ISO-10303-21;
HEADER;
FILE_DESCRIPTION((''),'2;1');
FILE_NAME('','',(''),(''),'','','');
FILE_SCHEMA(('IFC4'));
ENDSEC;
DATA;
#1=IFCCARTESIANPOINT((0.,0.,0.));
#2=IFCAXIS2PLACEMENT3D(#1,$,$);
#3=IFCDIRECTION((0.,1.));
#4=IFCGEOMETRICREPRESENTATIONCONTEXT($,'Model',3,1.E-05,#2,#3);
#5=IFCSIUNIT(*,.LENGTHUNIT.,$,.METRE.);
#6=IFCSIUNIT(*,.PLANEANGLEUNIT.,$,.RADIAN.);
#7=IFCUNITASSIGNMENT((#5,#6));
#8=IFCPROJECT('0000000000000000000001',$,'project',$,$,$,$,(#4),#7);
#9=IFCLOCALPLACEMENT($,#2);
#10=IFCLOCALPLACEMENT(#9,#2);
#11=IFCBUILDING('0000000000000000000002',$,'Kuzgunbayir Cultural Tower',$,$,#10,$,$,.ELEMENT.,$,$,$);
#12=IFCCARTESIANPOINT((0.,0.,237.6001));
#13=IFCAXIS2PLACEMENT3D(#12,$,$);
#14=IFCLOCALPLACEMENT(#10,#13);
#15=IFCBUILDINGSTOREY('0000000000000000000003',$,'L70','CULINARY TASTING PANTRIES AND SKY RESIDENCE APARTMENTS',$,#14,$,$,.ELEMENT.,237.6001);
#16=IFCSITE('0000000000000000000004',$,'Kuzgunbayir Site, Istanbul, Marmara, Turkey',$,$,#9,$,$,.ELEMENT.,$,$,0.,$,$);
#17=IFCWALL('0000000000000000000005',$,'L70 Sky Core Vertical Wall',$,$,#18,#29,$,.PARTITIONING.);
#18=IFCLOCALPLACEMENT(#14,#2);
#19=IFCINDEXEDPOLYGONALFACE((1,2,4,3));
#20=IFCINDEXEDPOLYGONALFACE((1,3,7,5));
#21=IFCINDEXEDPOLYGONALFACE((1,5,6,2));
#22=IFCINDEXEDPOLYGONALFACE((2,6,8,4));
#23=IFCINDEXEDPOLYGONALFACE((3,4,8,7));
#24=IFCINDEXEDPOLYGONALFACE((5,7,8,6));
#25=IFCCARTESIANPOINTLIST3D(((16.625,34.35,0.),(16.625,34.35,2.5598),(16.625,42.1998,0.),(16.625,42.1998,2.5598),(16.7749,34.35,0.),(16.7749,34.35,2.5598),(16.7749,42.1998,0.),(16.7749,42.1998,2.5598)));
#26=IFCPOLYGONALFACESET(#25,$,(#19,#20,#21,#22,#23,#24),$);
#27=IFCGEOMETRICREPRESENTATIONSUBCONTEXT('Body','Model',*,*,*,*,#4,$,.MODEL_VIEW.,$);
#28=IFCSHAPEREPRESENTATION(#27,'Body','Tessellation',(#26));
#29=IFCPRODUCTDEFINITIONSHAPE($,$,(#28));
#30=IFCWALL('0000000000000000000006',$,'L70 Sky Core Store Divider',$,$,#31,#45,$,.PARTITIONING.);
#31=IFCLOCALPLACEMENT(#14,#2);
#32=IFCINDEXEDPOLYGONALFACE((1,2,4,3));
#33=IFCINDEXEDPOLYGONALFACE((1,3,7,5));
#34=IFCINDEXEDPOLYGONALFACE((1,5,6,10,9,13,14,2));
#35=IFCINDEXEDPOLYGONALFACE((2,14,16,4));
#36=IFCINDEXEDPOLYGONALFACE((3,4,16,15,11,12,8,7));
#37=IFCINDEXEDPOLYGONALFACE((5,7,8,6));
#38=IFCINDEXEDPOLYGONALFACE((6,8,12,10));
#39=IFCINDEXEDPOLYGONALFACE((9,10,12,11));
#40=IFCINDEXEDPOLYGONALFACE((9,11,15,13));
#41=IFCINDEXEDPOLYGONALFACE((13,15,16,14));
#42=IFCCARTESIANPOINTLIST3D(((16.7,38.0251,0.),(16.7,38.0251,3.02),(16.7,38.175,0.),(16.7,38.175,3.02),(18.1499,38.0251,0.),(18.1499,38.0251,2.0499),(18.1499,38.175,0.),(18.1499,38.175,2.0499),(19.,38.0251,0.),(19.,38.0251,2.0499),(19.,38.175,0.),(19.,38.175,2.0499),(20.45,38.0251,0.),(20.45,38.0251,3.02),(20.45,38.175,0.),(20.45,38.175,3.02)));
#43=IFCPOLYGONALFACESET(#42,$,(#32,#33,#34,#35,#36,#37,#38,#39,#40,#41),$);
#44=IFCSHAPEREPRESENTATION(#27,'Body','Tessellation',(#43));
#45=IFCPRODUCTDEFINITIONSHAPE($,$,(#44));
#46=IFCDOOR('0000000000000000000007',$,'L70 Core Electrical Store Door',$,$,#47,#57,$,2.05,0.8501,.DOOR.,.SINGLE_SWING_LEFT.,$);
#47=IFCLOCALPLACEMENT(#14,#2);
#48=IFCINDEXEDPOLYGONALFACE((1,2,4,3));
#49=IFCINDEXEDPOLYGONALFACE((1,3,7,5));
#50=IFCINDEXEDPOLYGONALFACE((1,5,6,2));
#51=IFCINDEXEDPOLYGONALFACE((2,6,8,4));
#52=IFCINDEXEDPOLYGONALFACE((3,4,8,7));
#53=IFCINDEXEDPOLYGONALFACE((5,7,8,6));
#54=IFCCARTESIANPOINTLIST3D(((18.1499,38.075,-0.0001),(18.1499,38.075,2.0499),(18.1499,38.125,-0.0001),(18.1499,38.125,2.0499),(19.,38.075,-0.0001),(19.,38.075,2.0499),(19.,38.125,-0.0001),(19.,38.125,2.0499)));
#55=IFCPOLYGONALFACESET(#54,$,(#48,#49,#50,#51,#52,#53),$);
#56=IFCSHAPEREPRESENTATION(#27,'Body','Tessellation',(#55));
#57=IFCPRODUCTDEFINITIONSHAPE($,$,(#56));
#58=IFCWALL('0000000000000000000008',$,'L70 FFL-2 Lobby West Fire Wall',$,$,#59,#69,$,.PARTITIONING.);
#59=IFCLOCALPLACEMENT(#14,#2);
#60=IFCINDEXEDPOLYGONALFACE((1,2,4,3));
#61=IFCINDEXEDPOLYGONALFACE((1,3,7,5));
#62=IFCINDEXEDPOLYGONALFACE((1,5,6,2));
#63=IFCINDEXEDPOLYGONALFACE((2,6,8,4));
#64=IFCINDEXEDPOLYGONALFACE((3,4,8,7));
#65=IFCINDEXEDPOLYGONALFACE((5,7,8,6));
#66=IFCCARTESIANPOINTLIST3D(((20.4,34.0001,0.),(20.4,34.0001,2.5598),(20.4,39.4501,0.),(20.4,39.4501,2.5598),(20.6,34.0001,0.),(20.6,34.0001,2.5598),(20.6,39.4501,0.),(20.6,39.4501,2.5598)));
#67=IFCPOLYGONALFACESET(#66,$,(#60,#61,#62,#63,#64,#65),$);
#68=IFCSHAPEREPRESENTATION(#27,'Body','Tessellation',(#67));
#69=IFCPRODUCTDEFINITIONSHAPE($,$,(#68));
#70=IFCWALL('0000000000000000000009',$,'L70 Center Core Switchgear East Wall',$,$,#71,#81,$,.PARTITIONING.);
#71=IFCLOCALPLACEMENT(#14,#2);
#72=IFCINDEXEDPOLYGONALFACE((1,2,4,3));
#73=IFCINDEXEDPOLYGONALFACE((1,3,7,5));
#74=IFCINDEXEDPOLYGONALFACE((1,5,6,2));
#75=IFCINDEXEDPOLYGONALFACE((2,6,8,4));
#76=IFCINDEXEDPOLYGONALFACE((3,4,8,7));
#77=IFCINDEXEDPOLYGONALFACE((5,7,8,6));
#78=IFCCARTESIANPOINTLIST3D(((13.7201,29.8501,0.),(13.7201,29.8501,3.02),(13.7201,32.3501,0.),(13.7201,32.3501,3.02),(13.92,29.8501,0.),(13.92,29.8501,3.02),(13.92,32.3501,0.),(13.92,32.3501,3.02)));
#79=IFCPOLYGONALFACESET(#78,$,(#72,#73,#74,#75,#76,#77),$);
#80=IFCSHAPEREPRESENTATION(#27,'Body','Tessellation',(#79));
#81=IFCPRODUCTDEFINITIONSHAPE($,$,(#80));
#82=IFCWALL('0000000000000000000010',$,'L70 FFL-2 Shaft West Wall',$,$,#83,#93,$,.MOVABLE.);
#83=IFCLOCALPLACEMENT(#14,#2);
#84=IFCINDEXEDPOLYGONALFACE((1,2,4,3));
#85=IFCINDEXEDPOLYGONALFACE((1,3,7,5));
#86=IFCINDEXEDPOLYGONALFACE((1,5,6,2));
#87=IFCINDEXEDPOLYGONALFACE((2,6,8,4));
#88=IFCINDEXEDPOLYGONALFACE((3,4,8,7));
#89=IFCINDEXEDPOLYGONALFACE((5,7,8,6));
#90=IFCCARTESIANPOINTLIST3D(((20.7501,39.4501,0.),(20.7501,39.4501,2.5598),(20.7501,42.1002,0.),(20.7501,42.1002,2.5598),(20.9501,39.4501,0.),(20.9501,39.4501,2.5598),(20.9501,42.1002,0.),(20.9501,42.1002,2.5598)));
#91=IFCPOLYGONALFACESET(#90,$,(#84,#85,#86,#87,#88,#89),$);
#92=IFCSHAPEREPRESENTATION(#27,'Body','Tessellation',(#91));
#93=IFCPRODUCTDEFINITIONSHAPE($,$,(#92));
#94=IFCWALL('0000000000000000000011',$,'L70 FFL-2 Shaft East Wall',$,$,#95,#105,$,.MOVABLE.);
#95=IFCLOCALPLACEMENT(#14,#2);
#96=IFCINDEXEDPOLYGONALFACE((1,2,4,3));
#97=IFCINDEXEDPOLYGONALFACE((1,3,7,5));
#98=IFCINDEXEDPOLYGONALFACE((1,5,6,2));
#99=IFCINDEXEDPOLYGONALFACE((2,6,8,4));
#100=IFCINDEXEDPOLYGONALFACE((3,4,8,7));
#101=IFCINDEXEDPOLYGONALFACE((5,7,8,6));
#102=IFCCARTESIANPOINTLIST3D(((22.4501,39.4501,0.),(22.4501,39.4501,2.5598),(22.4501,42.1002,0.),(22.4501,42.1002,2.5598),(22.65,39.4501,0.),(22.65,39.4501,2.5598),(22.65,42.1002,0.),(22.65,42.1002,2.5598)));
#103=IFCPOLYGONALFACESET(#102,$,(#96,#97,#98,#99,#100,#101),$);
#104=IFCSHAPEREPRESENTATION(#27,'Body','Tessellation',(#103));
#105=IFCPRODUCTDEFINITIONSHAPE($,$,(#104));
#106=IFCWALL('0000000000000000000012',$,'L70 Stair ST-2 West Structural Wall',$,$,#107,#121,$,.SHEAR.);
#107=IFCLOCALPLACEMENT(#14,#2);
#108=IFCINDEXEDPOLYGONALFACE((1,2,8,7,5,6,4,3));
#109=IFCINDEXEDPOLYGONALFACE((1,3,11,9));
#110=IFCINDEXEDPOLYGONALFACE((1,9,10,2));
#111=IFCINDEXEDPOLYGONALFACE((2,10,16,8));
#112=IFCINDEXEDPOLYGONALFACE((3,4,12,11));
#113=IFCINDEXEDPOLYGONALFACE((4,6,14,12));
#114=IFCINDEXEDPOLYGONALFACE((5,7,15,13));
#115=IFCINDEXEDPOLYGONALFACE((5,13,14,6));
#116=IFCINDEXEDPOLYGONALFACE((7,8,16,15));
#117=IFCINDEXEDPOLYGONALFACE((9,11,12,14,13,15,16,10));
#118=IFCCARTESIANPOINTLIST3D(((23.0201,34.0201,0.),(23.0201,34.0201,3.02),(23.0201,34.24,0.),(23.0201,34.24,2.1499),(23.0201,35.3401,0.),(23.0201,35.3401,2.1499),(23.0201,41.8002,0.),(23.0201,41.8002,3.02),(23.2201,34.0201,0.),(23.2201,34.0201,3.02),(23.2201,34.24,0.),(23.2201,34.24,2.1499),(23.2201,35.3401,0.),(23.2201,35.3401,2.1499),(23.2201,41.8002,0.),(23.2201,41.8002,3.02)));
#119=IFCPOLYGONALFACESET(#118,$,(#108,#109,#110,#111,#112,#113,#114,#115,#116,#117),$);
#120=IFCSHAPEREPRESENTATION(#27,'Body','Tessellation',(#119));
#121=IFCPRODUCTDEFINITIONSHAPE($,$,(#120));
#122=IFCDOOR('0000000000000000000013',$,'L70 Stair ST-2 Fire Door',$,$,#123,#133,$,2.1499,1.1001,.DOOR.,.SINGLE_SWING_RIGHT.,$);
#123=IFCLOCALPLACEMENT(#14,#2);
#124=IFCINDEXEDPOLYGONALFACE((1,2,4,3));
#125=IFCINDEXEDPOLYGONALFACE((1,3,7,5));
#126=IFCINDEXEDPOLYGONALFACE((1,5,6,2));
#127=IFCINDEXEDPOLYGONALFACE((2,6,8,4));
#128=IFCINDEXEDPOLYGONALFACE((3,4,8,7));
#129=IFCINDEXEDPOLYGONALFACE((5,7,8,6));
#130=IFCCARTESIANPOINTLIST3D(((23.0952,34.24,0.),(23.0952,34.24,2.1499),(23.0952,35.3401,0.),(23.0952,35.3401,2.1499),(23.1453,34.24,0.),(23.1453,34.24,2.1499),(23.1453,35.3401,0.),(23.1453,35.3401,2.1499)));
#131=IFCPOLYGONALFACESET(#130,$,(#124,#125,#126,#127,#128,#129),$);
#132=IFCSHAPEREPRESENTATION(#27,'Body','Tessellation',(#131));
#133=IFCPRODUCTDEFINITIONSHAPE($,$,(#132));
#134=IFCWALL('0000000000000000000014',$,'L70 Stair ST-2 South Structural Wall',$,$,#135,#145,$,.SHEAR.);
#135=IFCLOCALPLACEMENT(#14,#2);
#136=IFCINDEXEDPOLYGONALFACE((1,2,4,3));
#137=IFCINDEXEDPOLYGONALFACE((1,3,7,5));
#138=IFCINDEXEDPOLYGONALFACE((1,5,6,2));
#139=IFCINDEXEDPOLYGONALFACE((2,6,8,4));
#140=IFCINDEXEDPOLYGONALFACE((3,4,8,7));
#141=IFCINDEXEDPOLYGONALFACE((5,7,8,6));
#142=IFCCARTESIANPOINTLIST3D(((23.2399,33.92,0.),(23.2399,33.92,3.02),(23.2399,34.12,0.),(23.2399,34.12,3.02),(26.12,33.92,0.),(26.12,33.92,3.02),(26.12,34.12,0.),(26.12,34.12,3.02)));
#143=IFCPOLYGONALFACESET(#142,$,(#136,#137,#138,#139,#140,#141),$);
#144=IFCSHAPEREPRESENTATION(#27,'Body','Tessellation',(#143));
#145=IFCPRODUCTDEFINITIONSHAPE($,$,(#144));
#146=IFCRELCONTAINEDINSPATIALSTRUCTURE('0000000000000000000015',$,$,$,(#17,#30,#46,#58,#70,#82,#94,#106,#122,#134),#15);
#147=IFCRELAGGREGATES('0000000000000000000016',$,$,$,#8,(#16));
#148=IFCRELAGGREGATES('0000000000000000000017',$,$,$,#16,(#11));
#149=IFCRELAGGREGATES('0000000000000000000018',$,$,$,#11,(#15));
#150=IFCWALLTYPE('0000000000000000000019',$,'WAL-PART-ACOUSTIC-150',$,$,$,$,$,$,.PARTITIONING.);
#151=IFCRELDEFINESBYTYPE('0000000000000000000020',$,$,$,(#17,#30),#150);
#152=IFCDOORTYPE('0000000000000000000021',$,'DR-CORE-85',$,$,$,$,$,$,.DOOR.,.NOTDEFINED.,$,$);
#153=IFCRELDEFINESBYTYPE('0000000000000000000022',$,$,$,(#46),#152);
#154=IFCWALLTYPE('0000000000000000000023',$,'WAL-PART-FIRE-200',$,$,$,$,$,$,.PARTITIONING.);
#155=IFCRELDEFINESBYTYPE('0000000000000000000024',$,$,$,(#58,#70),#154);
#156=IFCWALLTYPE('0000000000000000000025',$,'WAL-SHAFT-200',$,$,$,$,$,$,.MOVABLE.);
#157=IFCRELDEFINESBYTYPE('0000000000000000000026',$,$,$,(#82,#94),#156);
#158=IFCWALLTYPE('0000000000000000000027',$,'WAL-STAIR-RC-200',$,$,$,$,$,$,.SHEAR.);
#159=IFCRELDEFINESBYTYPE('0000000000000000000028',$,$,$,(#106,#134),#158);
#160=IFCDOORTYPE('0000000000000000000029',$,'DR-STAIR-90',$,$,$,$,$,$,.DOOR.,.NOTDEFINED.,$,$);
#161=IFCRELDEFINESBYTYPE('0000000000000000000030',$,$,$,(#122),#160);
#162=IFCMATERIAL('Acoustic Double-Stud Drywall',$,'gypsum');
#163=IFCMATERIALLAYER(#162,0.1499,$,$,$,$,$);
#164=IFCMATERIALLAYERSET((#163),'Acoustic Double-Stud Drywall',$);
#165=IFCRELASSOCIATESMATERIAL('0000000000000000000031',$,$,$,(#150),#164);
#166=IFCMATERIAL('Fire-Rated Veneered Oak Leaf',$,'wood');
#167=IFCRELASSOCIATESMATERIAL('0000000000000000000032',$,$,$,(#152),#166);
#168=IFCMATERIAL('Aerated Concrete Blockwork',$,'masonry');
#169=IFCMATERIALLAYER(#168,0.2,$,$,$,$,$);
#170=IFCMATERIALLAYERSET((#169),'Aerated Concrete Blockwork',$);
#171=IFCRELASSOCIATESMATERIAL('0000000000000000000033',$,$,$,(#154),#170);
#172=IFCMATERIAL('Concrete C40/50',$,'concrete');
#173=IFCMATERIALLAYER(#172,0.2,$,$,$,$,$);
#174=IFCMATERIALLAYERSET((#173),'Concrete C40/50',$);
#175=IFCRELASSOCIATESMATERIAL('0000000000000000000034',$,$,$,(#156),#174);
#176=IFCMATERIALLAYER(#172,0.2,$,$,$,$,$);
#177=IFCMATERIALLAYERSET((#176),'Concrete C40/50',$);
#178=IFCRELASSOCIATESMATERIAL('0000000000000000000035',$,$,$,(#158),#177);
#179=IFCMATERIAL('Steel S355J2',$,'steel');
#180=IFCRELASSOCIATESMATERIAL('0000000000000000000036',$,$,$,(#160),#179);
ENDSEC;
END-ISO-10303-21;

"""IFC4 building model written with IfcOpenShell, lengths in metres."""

from ifc_helpers import new_model, si_unit, direction, frame, frame_2d, origin, place, context, subcontext, project, spatial, rectangle, extrude, material, layer, layer_set, type_object, element, fill, save


model = new_model("IFC4")

# Units and contexts
model_context = context("Model", 3, precision=1e-05, world=origin(), true_north=direction((0.0, 1.0)))
body_context = subcontext(model_context, "Body", "Model", "MODEL_VIEW")
ifc_project = project(units=[si_unit("LENGTHUNIT", "METRE"), si_unit("PLANEANGLEUNIT", "RADIAN")], contexts=[model_context])

# Site, building, storey
site_placement = place(None, origin())
site = spatial("IfcSite", under=ifc_project, at=site_placement, Name="Kuzgunbayir Site, Istanbul, Marmara, Turkey", CompositionType="ELEMENT", RefElevation=0.0)
building_placement = place(site_placement, origin())
building = spatial("IfcBuilding", under=site, at=building_placement, Name="Kuzgunbayir Cultural Tower", CompositionType="ELEMENT")
storey_placement = place(building_placement, frame((0.0, 0.0, 237.6001)))
storey = spatial("IfcBuildingStorey", under=building, at=storey_placement, Name="L70", Description="CULINARY TASTING PANTRIES AND SKY RESIDENCE APARTMENTS", CompositionType="ELEMENT", Elevation=237.6001)

# Shared definitions
ifc_material_1 = material(Name="Steel S355J2", Category="steel")

# Wall
ifc_material_2 = material(Name="Acoustic Double-Stud Drywall", Category="gypsum")
ifc_layer_1 = layer(ifc_material_2, 0.1499)
ifc_layer_set_1 = layer_set([ifc_layer_1], Name="Acoustic Double-Stud Drywall")
wall_type_1 = type_object("IfcWallType", Name="WAL-PART-ACOUSTIC-150", PredefinedType="PARTITIONING", material=ifc_layer_set_1)
wall_1_placement = place(storey_placement, frame((16.7, 34.3501, 0.0), z_axis=(0.0, 0.0, 1.0), x_axis=(0.0, 1.0, 0.0)))
element("IfcWall", 1, at=wall_1_placement, inside=storey, type_object=wall_type_1, Name="L70 Sky Core Vertical Wall", PredefinedType="PARTITIONING", context=body_context, shape_type="SweptSolid", body=[
    extrude(rectangle(XDim=7.8499, YDim=0.1499, at=frame_2d((3.9248, 0.0))), origin(), (0.0, 0.0, 1.0), 2.5598),
])

# Wall, opening, door
wall_2_placement = place(storey_placement, frame((16.7, 38.1001, 0.0), z_axis=(0.0, 0.0, 1.0), x_axis=(1.0, 0.0, 0.0)))
wall_2 = element("IfcWall", 2, at=wall_2_placement, inside=storey, type_object=wall_type_1, Name="L70 Sky Core Store Divider", PredefinedType="PARTITIONING", context=body_context, shape_type="SweptSolid", body=[
    extrude(rectangle(XDim=3.75, YDim=0.1499, at=frame_2d((1.875, 0.0))), origin(), (0.0, 0.0, 1.0), 3.02),
])
opening_1_placement = place(wall_2_placement, frame((1.45, 0.0, 0.0)))
opening_1 = element("IfcOpeningElement", 3, at=opening_1_placement, cuts=wall_2, PredefinedType="OPENING", context=body_context, shape_type="SweptSolid", body=[
    extrude(rectangle(XDim=0.8501, YDim=2.05, at=frame_2d((0.425, 1.0249))), frame((0.0, 0.085, 0.0), z_axis=(0.0, -1.0, 0.0), x_axis=(1.0, 0.0, 0.0)), (0.0, 0.0, 1.0), 0.1699),
])
ifc_material_3 = material(Name="Fire-Rated Veneered Oak Leaf", Category="wood")
door_type_1 = type_object("IfcDoorType", Name="DR-CORE-85", OperationType="NOTDEFINED", PredefinedType="DOOR", material=ifc_material_3)
door_1_placement = place(opening_1_placement, origin())
door_1 = element("IfcDoor", 4, at=door_1_placement, inside=storey, type_object=door_type_1, Name="L70 Core Electrical Store Door", OperationType="SINGLE_SWING_LEFT", OverallHeight=2.05, OverallWidth=0.8501, PredefinedType="DOOR", context=body_context, shape_type="SweptSolid", body=[
    extrude(rectangle(XDim=0.8501, YDim=2.05, at=frame_2d((0.425, 1.0249))), frame((0.0, 0.0249, 0.0), z_axis=(0.0, -1.0, 0.0), x_axis=(1.0, 0.0, 0.0)), (0.0, 0.0, 1.0), 0.05),
])
fill(opening_1, door_1)

# Wall
ifc_material_4 = material(Name="Aerated Concrete Blockwork", Category="masonry")
ifc_layer_2 = layer(ifc_material_4, 0.2)
ifc_layer_set_2 = layer_set([ifc_layer_2], Name="Aerated Concrete Blockwork")
wall_type_2 = type_object("IfcWallType", Name="WAL-PART-FIRE-200", PredefinedType="PARTITIONING", material=ifc_layer_set_2)
wall_3_placement = place(storey_placement, frame((20.5, 34.0, 0.0), z_axis=(0.0, 0.0, 1.0), x_axis=(0.0, 1.0, 0.0)))
element("IfcWall", 5, at=wall_3_placement, inside=storey, type_object=wall_type_2, Name="L70 FFL-2 Lobby West Fire Wall", PredefinedType="PARTITIONING", context=body_context, shape_type="SweptSolid", body=[
    extrude(rectangle(XDim=5.45, YDim=0.2, at=frame_2d((2.7251, 0.0))), origin(), (0.0, 0.0, 1.0), 2.5598),
])

# Wall
wall_4_placement = place(storey_placement, frame((13.8201, 29.8501, 0.0), z_axis=(0.0, 0.0, 1.0), x_axis=(0.0, 1.0, 0.0)))
element("IfcWall", 6, at=wall_4_placement, inside=storey, type_object=wall_type_2, Name="L70 Center Core Switchgear East Wall", PredefinedType="PARTITIONING", context=body_context, shape_type="SweptSolid", body=[
    extrude(rectangle(XDim=2.5, YDim=0.2, at=frame_2d((1.25, 0.0))), origin(), (0.0, 0.0, 1.0), 3.02),
])

# Shared definitions
ifc_material_5 = material(Name="Concrete C40/50", Category="concrete")
ifc_layer_3 = layer(ifc_material_5, 0.2)
ifc_layer_set_3 = layer_set([ifc_layer_3], Name="Concrete C40/50")
wall_type_3 = type_object("IfcWallType", Name="WAL-SHAFT-200", PredefinedType="MOVABLE", material=ifc_layer_set_3)

# Walls
for number, where, z_axis, x_axis, name in (
    (7, (20.8501, 39.45, 0.0), (0.0, 0.0, 1.0), (0.0, 1.0, 0.0), "L70 FFL-2 Shaft West Wall"),
    (8, (22.55, 39.45, 0.0), (0.0, 0.0, 1.0), (0.0, 1.0, 0.0), "L70 FFL-2 Shaft East Wall"),
):
    element("IfcWall", number, at=place(storey_placement, frame(where, z_axis=z_axis, x_axis=x_axis)), inside=storey, type_object=wall_type_3, Name=name, PredefinedType="MOVABLE", context=body_context, shape_type="SweptSolid", body=[
        extrude(rectangle(XDim=2.6501, YDim=0.2, at=frame_2d((1.3252, 0.0))), origin(), (0.0, 0.0, 1.0), 2.5598),
    ])

# Wall, opening, door
ifc_layer_4 = layer(ifc_material_5, 0.2)
ifc_layer_set_4 = layer_set([ifc_layer_4], Name="Concrete C40/50")
wall_type_4 = type_object("IfcWallType", Name="WAL-STAIR-RC-200", PredefinedType="SHEAR", material=ifc_layer_set_4)
wall_5_placement = place(storey_placement, frame((23.1201, 34.02, 0.0), z_axis=(0.0, 0.0, 1.0), x_axis=(0.0, 1.0, 0.0)))
wall_5 = element("IfcWall", 9, at=wall_5_placement, inside=storey, type_object=wall_type_4, Name="L70 Stair ST-2 West Structural Wall", PredefinedType="SHEAR", context=body_context, shape_type="SweptSolid", body=[
    extrude(rectangle(XDim=7.78, YDim=0.2, at=frame_2d((3.8901, 0.0))), origin(), (0.0, 0.0, 1.0), 3.02),
])
opening_2_placement = place(wall_5_placement, frame((0.22, 0.0, 0.0)))
opening_2 = element("IfcOpeningElement", 10, at=opening_2_placement, cuts=wall_5, PredefinedType="OPENING", context=body_context, shape_type="SweptSolid", body=[
    extrude(rectangle(XDim=1.1001, YDim=2.1499, at=frame_2d((0.55, 1.075))), frame((0.0, 0.1099, 0.0), z_axis=(0.0, -1.0, 0.0), x_axis=(1.0, 0.0, 0.0)), (0.0, 0.0, 1.0), 0.22),
])
door_type_2 = type_object("IfcDoorType", Name="DR-STAIR-90", OperationType="NOTDEFINED", PredefinedType="DOOR", material=ifc_material_1)
door_2_placement = place(opening_2_placement, origin())
door_2 = element("IfcDoor", 11, at=door_2_placement, inside=storey, type_object=door_type_2, Name="L70 Stair ST-2 Fire Door", OperationType="SINGLE_SWING_RIGHT", OverallHeight=2.1499, OverallWidth=1.1001, PredefinedType="DOOR", context=body_context, shape_type="SweptSolid", body=[
    extrude(rectangle(XDim=1.1001, YDim=2.1499, at=frame_2d((0.55, 1.075))), frame((0.0, 0.0249, 0.0), z_axis=(0.0, -1.0, 0.0), x_axis=(1.0, 0.0, 0.0)), (0.0, 0.0, 1.0), 0.05),
])
fill(opening_2, door_2)

# Wall
wall_6_placement = place(storey_placement, frame((23.24, 34.02, 0.0), z_axis=(0.0, 0.0, 1.0), x_axis=(1.0, 0.0, 0.0)))
element("IfcWall", 12, at=wall_6_placement, inside=storey, type_object=wall_type_4, Name="L70 Stair ST-2 South Structural Wall", PredefinedType="SHEAR", context=body_context, shape_type="SweptSolid", body=[
    extrude(rectangle(XDim=2.8801, YDim=0.2, at=frame_2d((1.4399, 0.0))), origin(), (0.0, 0.0, 1.0), 3.02),
])

save(model, "model.ifc")
